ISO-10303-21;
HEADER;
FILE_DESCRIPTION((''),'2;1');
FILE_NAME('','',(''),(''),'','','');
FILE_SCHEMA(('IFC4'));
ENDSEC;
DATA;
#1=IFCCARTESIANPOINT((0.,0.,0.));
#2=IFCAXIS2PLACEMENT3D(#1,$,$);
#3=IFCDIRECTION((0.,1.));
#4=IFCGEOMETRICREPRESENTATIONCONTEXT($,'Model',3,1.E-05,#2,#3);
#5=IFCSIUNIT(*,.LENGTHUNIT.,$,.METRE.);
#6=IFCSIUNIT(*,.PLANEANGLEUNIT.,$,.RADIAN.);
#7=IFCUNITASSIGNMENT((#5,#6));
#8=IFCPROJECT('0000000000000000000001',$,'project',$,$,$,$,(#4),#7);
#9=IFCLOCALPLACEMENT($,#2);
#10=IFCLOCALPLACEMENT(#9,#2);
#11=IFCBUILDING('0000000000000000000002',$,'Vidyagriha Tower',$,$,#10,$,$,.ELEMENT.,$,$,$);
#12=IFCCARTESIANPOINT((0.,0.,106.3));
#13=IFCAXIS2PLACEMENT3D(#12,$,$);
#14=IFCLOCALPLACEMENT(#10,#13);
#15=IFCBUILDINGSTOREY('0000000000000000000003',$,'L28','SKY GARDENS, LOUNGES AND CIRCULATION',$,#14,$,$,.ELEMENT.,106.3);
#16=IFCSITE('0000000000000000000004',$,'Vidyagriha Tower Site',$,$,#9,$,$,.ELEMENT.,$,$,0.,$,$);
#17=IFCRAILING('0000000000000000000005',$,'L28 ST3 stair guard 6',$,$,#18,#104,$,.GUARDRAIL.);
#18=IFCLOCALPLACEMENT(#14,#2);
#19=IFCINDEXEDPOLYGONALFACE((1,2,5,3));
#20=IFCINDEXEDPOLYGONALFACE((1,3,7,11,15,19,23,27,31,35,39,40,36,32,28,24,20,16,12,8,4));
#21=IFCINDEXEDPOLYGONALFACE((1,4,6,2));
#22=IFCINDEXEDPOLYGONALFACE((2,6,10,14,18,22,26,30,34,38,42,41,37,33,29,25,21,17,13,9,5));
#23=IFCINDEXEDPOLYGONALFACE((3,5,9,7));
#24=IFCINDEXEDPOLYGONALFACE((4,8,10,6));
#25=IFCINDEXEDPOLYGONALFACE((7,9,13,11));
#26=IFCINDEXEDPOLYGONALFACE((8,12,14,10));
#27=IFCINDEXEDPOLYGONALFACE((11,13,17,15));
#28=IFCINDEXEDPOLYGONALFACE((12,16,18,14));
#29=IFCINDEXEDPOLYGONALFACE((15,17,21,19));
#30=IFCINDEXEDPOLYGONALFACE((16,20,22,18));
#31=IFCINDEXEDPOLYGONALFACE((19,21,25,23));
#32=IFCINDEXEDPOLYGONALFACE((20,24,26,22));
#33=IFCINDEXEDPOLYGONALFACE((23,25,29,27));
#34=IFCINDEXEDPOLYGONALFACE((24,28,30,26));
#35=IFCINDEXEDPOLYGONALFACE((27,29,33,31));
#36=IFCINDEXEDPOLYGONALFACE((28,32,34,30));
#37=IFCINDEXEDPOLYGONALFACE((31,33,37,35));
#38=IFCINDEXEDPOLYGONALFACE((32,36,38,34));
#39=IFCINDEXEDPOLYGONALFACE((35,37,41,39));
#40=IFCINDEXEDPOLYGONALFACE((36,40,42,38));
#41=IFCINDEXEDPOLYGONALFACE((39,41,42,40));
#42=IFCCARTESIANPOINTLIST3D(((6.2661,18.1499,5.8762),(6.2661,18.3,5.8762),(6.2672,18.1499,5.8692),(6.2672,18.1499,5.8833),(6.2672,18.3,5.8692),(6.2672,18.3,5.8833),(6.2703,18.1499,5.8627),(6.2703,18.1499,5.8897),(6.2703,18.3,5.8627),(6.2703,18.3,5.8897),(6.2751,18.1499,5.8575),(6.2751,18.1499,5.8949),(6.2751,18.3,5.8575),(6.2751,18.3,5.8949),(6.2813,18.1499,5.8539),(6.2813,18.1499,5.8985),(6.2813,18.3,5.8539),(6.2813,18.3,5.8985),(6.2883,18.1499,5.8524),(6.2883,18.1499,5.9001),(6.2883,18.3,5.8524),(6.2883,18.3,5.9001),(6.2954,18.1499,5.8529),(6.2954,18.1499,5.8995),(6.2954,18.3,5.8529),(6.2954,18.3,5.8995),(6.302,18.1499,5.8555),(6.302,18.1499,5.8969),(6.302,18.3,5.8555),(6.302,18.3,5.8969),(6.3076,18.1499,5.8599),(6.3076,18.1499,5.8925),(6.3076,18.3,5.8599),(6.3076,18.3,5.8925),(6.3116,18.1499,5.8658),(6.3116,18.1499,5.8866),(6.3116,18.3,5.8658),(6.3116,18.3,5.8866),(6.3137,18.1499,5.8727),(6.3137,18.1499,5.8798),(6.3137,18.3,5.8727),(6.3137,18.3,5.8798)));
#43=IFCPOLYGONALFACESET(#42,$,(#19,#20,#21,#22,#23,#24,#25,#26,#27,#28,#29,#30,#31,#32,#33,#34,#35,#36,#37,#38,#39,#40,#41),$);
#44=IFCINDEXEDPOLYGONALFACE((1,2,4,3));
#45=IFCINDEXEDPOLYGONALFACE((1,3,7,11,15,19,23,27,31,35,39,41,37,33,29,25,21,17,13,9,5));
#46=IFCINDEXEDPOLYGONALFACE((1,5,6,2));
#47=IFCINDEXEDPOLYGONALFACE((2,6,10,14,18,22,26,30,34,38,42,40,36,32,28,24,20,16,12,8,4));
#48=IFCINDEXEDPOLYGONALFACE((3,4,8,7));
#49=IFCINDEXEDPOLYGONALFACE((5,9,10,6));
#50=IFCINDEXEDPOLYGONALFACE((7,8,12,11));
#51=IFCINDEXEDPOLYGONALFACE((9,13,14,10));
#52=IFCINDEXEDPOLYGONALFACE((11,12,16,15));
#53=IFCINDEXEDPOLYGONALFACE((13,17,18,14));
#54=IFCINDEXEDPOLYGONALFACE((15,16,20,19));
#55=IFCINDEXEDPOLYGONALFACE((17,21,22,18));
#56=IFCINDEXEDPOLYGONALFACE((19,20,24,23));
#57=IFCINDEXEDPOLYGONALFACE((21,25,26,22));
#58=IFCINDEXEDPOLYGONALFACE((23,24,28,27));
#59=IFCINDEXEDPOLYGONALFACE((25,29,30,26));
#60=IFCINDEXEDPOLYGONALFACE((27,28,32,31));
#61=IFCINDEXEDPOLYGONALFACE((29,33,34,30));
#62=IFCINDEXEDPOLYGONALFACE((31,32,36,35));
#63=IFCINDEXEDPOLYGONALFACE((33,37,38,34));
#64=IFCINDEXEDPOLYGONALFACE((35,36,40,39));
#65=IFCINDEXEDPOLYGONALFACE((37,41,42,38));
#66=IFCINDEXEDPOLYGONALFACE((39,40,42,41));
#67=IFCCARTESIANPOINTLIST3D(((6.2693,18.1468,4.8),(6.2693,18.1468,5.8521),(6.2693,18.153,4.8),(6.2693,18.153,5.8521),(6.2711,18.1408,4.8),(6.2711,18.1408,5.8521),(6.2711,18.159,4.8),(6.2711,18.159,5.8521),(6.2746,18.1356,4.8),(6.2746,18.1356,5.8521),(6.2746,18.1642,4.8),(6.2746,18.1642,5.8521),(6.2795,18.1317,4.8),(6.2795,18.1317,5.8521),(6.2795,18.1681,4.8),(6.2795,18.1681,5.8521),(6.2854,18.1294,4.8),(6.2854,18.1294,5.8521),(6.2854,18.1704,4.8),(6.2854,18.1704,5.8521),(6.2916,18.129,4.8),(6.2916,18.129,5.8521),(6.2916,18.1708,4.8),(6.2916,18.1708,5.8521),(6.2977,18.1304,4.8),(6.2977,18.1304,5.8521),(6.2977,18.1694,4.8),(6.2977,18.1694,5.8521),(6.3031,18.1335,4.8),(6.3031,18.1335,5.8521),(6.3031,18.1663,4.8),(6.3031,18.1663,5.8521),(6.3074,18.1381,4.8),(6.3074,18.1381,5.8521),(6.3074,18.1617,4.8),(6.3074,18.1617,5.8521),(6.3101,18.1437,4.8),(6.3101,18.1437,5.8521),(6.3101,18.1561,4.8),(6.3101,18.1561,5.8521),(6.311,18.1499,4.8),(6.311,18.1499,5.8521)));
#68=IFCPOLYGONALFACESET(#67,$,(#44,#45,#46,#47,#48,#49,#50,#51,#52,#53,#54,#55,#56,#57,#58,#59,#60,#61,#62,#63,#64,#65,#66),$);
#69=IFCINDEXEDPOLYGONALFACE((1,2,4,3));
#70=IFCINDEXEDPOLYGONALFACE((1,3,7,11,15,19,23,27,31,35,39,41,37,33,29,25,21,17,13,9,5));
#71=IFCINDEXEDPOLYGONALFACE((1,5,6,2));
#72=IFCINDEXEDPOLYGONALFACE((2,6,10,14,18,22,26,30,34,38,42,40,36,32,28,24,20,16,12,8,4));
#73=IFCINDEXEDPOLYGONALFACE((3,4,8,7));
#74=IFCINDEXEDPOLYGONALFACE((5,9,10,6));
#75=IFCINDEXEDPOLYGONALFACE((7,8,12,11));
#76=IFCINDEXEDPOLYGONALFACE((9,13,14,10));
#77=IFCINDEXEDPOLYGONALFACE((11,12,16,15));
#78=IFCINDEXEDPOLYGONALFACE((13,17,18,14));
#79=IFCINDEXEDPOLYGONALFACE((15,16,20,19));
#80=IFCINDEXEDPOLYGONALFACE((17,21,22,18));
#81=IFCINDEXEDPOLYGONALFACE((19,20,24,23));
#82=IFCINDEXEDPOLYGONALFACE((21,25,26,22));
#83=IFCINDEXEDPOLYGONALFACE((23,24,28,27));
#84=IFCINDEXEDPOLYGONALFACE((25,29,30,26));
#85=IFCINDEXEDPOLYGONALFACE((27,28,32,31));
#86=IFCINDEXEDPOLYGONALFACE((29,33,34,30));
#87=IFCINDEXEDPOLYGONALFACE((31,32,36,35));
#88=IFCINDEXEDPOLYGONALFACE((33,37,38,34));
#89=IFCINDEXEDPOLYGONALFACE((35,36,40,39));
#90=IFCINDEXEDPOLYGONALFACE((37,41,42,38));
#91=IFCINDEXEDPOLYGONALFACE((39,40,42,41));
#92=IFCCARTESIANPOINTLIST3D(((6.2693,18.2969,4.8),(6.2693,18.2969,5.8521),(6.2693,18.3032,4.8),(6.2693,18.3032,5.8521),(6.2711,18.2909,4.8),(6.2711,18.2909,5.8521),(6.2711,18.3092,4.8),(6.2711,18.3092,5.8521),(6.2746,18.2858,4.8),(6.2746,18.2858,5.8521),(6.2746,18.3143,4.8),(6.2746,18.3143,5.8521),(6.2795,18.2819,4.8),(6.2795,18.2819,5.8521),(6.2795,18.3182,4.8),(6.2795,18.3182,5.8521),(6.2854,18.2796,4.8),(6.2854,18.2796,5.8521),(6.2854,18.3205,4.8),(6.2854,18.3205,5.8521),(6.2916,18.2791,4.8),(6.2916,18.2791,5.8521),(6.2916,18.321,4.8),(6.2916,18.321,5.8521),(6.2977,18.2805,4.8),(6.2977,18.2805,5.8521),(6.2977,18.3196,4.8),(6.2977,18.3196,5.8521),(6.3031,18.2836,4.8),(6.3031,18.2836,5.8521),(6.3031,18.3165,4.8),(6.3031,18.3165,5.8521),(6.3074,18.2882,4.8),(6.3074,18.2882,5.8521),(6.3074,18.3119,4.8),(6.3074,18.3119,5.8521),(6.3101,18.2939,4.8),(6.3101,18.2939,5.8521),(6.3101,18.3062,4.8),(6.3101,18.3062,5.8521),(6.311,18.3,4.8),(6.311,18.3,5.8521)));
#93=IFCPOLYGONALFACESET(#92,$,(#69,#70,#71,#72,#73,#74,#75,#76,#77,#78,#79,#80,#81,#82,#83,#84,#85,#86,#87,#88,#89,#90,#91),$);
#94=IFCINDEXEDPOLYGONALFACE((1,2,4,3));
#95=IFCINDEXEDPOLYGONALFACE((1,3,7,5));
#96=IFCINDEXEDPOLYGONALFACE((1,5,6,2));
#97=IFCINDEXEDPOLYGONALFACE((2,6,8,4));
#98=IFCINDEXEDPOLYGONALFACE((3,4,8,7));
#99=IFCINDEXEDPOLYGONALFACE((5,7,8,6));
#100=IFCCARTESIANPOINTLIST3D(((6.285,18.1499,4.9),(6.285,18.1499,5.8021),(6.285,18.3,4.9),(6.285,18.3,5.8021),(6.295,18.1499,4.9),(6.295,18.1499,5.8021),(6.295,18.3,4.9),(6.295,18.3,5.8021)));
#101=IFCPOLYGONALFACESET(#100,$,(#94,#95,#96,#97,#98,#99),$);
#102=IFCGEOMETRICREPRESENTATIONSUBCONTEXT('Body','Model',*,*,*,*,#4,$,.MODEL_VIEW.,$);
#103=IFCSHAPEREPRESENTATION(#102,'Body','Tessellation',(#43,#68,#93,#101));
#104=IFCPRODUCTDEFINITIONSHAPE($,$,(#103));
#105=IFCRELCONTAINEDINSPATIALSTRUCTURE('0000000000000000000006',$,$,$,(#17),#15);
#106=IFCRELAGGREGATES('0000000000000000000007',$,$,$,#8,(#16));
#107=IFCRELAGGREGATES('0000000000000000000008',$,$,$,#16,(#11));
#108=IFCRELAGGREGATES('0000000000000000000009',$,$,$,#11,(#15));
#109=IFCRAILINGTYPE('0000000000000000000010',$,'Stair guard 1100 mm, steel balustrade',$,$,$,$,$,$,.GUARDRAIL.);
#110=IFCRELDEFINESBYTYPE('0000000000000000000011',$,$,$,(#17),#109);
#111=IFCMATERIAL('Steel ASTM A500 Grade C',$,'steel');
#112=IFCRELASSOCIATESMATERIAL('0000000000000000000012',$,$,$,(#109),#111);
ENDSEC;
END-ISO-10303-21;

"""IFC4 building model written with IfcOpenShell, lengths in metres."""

from ifc_helpers import new_model, si_unit, direction, frame, origin, origin_2d, place, context, subcontext, project, spatial, rectangle, circle, extrude, material, type_object, element, save


model = new_model("IFC4")

# Units and contexts
model_context = context("Model", 3, precision=1e-05, world=origin(), true_north=direction((0.0, 1.0)))
body_context = subcontext(model_context, "Body", "Model", "MODEL_VIEW")
ifc_project = project(units=[si_unit("LENGTHUNIT", "METRE"), si_unit("PLANEANGLEUNIT", "RADIAN")], contexts=[model_context])

# Site, building, storey
site_placement = place(None, origin())
site = spatial("IfcSite", under=ifc_project, at=site_placement, Name="Vidyagriha Tower Site", CompositionType="ELEMENT", RefElevation=0.0)
building_placement = place(site_placement, origin())
building = spatial("IfcBuilding", under=site, at=building_placement, Name="Vidyagriha Tower", CompositionType="ELEMENT")
storey_placement = place(building_placement, frame((0.0, 0.0, 106.3)))
storey = spatial("IfcBuildingStorey", under=building, at=storey_placement, Name="L28", Description="SKY GARDENS, LOUNGES AND CIRCULATION", CompositionType="ELEMENT", Elevation=106.3)

# Railing
ifc_material_1 = material(Name="Steel ASTM A500 Grade C", Category="steel")
railing_type_1 = type_object("IfcRailingType", Name="Stair guard 1100 mm, steel balustrade", PredefinedType="GUARDRAIL", material=ifc_material_1)
railing_1_placement = place(storey_placement, frame((6.29, 18.1499, 4.8)))
element("IfcRailing", 1, at=railing_1_placement, inside=storey, type_object=railing_type_1, Name="L28 ST3 stair guard 6", PredefinedType="GUARDRAIL", context=body_context, shape_type="SweptSolid", body=[
    extrude(circle(Radius=0.0239, at=origin_2d()), frame((0.0, 0.0, 1.0762), z_axis=(0.0, 1.0, 0.0), x_axis=(-1.0, 0.0, 0.0)), (0.0, 0.0, 1.0), 0.1501),
    extrude(circle(Radius=0.021, at=origin_2d()), origin(), (0.0, 0.0, 1.0), 1.052),
    extrude(circle(Radius=0.021, at=origin_2d()), frame((0.0, 0.1501, 0.0)), (0.0, 0.0, 1.0), 1.052),
    extrude(rectangle(XDim=0.01, YDim=0.9021, at=origin_2d()), frame((0.0, 0.0, 0.551), z_axis=(0.0, 1.0, 0.0), x_axis=(-1.0, 0.0, 0.0)), (0.0, 0.0, 1.0), 0.1501),
])

save(model, "model.ifc")
